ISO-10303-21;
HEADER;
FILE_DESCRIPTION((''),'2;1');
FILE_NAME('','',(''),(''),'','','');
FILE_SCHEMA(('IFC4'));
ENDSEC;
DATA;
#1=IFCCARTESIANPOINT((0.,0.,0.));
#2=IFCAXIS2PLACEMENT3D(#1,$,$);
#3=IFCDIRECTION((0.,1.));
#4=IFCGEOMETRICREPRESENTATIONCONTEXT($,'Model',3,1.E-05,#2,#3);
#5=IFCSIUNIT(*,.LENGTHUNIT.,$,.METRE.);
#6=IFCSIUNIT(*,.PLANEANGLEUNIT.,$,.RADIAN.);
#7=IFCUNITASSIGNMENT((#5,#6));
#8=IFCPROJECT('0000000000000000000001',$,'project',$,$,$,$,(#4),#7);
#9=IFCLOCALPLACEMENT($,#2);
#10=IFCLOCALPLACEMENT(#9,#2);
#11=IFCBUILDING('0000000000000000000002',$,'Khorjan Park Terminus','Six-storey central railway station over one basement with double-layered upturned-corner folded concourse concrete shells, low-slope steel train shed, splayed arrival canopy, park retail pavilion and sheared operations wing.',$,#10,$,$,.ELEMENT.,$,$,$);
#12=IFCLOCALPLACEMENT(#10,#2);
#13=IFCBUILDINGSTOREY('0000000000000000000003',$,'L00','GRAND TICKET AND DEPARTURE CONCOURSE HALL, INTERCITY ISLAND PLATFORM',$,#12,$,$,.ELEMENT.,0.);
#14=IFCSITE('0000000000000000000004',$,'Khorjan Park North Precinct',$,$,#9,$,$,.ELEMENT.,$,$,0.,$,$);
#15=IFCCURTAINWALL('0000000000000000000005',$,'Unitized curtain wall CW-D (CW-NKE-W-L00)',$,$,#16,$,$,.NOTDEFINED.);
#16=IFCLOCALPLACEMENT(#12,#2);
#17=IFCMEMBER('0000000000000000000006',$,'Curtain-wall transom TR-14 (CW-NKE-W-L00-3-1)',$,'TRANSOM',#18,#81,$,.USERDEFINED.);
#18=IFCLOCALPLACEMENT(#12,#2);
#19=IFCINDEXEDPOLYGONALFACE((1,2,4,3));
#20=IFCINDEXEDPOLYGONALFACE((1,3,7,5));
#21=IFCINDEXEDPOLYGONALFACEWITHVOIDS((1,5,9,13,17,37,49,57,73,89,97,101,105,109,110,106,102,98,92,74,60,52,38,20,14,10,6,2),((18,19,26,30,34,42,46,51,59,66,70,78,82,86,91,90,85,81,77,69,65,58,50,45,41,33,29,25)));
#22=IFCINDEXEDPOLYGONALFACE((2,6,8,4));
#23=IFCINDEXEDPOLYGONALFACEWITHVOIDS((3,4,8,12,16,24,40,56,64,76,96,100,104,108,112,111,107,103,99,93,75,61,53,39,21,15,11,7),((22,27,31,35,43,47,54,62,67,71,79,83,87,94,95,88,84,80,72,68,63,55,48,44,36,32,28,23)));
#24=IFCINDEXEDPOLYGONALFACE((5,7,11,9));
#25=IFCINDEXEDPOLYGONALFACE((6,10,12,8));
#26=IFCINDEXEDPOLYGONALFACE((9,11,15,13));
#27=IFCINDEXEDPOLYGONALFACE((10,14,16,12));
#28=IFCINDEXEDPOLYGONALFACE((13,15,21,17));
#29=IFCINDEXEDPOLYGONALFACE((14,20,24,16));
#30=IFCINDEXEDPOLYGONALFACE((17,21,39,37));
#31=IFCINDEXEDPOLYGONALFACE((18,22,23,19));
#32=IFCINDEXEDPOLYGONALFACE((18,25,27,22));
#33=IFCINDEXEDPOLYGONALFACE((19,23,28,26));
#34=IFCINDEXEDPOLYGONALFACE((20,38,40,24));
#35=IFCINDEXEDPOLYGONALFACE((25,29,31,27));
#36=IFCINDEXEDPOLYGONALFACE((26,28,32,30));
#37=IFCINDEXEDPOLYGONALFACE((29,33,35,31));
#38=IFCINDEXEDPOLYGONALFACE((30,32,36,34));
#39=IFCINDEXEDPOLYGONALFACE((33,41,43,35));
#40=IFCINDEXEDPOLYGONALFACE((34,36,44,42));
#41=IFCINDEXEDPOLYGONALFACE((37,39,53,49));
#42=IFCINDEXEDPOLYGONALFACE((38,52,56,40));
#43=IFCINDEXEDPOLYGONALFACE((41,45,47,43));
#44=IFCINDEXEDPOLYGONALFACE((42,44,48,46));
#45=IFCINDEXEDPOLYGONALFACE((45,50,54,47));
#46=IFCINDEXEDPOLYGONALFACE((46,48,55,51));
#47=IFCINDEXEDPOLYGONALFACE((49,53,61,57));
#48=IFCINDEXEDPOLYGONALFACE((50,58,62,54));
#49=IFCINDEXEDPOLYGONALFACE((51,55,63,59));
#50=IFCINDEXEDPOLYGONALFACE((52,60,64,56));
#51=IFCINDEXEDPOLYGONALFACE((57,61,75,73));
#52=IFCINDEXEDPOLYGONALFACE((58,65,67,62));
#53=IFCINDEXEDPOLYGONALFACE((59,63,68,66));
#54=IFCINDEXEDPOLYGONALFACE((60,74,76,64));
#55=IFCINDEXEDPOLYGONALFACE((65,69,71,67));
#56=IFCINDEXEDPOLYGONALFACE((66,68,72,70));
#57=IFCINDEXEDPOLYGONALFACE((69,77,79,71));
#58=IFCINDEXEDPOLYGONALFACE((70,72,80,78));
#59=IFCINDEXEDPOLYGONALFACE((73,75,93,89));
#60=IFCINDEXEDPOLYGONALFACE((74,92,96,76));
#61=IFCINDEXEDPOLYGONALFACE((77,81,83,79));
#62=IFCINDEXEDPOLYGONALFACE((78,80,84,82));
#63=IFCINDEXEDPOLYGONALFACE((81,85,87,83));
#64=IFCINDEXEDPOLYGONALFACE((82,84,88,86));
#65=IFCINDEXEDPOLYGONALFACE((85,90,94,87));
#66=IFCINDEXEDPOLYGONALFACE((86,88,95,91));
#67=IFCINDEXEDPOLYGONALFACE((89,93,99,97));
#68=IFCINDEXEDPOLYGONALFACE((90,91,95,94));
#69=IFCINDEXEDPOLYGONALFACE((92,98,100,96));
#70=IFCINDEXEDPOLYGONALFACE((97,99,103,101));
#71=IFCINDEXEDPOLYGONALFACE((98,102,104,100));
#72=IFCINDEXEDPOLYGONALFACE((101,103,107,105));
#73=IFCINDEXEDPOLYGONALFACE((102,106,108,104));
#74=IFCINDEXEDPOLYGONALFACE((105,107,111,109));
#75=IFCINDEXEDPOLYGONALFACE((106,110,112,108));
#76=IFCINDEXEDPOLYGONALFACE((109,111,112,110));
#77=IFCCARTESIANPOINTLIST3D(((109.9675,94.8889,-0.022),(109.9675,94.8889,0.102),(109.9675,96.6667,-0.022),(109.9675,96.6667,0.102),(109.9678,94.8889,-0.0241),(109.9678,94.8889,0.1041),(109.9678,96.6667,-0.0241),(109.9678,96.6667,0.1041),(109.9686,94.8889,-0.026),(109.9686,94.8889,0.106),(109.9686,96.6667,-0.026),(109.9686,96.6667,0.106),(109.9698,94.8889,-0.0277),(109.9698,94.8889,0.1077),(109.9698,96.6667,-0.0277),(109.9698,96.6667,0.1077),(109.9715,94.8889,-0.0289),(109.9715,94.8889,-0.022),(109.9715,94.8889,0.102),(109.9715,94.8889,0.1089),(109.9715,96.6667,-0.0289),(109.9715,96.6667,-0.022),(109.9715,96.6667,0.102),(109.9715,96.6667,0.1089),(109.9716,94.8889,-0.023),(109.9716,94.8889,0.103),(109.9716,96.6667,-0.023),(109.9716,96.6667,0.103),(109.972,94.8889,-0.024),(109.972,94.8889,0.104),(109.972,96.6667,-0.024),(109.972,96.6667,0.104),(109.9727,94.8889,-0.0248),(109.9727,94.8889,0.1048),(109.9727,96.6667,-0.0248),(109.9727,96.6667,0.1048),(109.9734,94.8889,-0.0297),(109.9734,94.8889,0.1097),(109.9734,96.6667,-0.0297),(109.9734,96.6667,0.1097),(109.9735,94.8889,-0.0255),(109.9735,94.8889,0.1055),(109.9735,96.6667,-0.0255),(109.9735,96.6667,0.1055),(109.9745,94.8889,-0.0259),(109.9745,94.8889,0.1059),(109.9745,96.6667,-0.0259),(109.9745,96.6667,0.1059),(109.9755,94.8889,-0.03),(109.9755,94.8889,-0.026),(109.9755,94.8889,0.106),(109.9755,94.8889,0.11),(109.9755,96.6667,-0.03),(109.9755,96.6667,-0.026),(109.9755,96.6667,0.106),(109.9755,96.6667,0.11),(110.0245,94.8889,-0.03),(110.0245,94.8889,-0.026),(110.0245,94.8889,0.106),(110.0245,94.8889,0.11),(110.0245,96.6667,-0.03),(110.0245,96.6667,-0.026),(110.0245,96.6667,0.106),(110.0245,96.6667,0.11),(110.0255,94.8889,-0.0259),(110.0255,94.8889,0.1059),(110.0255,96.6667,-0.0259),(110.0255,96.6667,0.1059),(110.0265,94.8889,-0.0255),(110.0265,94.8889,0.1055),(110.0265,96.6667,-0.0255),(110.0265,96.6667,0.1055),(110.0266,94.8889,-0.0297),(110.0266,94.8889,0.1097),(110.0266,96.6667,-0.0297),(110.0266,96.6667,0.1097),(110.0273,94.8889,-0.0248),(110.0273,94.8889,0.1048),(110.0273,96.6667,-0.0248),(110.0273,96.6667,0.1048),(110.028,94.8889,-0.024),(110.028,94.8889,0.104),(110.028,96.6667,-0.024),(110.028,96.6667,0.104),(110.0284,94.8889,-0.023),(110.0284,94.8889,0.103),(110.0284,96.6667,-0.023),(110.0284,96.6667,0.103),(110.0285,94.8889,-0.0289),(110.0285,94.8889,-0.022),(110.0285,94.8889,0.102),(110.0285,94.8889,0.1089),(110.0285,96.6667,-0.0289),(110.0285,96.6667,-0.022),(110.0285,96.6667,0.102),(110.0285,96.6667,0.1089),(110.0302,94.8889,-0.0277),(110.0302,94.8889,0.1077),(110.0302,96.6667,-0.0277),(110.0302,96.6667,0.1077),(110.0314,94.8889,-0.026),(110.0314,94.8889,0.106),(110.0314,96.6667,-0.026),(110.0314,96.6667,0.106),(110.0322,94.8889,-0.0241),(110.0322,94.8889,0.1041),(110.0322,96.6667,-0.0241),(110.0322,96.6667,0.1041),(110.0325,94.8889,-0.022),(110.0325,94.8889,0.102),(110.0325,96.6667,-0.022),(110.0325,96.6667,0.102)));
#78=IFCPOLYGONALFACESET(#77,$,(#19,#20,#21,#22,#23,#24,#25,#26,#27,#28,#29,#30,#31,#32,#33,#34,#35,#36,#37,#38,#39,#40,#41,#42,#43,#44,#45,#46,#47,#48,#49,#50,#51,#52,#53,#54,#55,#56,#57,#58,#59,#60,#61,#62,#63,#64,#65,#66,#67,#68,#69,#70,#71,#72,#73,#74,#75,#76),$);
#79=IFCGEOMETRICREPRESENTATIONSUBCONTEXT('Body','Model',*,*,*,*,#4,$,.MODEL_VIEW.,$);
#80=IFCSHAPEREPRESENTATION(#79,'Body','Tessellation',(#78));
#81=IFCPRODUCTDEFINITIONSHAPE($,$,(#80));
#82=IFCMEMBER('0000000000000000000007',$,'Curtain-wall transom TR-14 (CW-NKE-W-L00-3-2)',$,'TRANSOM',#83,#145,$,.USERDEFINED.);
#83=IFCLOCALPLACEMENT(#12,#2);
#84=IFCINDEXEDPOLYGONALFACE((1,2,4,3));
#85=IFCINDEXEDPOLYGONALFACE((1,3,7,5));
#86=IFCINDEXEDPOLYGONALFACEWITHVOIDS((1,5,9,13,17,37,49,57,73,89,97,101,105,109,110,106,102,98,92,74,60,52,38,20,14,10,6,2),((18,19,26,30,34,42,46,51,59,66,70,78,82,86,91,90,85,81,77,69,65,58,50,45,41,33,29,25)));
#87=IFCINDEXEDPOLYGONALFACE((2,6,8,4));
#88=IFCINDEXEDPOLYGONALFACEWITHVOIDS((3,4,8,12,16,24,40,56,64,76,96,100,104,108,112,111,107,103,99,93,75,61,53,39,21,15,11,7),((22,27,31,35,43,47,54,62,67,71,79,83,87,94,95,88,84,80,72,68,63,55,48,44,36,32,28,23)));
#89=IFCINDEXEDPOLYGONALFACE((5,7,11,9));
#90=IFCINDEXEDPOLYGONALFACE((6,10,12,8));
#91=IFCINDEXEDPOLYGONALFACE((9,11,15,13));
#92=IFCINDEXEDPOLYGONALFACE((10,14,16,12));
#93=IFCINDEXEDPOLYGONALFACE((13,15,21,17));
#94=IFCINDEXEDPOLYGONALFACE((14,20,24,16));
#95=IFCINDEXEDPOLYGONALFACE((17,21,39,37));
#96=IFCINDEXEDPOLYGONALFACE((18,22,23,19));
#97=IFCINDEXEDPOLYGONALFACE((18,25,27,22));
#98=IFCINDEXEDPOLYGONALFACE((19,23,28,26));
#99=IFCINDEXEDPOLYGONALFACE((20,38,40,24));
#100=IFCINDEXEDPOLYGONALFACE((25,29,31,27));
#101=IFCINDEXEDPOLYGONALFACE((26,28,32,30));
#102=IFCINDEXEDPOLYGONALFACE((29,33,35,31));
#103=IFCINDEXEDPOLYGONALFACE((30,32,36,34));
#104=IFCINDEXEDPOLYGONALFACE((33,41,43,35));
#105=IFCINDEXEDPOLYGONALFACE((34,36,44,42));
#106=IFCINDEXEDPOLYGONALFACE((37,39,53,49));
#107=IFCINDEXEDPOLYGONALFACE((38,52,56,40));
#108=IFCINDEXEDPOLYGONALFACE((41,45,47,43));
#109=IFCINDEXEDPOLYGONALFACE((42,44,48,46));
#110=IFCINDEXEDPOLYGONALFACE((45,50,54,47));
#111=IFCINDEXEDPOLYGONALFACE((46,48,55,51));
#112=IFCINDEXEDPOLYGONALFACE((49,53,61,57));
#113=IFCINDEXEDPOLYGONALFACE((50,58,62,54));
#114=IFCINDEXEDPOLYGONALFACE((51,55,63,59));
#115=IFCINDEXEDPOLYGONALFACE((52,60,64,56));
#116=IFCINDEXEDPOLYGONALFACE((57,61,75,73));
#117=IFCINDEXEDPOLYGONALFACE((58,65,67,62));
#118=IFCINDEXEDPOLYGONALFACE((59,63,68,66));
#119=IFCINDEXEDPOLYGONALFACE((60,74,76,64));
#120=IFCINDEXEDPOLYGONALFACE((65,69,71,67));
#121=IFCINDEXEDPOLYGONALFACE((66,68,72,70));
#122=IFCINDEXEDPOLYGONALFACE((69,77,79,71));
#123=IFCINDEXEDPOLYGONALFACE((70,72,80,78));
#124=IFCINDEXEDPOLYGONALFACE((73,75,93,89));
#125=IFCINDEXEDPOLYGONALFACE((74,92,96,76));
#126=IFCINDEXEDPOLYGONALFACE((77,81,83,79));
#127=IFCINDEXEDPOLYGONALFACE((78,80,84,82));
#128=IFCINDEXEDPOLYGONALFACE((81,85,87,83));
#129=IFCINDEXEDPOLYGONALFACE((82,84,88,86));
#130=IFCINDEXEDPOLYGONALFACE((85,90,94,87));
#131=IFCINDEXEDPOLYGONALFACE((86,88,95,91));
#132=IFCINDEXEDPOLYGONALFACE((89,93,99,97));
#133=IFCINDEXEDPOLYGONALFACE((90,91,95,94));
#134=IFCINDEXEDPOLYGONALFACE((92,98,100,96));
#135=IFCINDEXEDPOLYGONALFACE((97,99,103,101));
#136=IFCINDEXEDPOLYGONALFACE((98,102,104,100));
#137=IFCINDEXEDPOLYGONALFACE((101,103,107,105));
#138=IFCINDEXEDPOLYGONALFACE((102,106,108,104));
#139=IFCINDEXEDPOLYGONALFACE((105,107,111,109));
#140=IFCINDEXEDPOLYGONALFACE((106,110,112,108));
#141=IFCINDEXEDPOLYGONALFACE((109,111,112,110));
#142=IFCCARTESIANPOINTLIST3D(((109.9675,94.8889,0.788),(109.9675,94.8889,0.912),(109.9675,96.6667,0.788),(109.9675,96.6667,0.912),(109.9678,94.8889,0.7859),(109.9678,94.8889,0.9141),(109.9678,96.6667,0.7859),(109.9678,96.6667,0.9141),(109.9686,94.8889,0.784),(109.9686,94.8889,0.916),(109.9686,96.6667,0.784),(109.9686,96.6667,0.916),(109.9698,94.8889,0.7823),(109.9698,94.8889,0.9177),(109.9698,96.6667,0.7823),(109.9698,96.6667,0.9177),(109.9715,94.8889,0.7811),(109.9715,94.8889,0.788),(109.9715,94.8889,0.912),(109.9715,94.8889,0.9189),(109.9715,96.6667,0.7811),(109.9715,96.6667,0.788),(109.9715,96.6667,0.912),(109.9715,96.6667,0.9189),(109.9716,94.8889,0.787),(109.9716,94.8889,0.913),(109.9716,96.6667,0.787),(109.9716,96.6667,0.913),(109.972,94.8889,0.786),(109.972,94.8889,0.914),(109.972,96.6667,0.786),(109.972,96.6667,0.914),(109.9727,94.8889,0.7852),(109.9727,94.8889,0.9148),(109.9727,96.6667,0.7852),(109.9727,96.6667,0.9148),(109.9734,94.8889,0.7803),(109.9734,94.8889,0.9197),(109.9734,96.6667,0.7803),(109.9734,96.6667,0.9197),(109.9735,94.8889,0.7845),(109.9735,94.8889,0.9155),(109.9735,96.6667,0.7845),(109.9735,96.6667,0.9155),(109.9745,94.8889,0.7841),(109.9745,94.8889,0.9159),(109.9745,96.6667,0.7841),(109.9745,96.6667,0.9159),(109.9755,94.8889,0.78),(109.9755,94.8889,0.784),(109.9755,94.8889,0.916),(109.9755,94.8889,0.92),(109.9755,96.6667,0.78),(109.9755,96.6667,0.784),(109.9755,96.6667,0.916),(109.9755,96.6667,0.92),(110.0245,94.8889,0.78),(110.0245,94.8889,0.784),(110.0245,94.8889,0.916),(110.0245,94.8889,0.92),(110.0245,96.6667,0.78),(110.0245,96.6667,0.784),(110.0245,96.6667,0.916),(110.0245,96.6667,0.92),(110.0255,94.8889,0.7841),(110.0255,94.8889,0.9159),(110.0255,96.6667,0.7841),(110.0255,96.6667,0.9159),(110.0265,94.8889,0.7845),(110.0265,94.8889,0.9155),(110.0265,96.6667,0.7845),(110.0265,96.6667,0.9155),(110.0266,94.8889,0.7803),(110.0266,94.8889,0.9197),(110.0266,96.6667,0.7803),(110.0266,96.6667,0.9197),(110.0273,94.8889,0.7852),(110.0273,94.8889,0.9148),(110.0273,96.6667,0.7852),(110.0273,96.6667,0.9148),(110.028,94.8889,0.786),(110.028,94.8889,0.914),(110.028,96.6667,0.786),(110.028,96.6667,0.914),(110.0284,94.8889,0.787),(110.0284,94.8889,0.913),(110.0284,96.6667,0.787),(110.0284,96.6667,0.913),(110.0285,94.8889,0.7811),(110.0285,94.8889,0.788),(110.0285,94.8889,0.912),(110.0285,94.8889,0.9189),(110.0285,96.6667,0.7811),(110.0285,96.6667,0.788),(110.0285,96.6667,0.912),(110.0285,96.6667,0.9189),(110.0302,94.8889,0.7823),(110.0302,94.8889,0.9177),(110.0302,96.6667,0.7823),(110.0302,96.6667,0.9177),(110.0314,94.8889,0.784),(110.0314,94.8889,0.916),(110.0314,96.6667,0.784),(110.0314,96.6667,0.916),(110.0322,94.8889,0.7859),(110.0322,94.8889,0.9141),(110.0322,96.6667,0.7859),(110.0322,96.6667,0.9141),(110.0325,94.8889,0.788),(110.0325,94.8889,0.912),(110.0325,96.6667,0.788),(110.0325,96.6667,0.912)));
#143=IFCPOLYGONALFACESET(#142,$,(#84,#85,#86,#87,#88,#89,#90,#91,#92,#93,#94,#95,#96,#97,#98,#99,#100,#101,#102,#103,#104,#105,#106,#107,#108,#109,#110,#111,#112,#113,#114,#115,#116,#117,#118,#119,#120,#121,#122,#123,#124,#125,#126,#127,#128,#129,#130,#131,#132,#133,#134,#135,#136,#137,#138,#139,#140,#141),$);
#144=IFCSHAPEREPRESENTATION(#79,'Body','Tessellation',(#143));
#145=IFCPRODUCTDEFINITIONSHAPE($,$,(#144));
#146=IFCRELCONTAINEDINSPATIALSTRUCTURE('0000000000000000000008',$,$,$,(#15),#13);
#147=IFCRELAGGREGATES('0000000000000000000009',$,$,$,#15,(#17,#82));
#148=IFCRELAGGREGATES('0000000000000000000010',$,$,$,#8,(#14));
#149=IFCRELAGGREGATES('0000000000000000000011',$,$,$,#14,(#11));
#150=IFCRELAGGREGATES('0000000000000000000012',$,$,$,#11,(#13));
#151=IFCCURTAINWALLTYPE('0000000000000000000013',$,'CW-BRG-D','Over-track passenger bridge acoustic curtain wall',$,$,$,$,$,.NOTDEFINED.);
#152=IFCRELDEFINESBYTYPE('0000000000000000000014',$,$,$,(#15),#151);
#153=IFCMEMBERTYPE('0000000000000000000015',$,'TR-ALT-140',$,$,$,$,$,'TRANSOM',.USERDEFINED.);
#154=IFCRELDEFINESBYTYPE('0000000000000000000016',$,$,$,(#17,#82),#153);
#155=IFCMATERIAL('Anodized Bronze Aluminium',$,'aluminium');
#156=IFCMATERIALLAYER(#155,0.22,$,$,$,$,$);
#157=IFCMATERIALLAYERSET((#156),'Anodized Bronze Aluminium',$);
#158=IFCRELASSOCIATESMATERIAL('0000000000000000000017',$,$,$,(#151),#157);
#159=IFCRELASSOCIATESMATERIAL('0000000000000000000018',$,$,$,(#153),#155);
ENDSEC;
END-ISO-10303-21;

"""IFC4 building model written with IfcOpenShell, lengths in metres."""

from ifc_helpers import new_model, si_unit, direction, frame, origin, origin_2d, place, context, subcontext, project, spatial, hollow_rectangle, extrude, material, layer, layer_set, material_profile, profile_set, type_object, element, aggregate, save


model = new_model("IFC4")

# Units and contexts
model_context = context("Model", 3, precision=1e-05, world=origin(), true_north=direction((0.0, 1.0)))
body_context = subcontext(model_context, "Body", "Model", "MODEL_VIEW")
ifc_project = project(units=[si_unit("LENGTHUNIT", "METRE"), si_unit("PLANEANGLEUNIT", "RADIAN")], contexts=[model_context])

# Site, building, storey
site_placement = place(None, origin())
site = spatial("IfcSite", under=ifc_project, at=site_placement, Name="Khorjan Park North Precinct", CompositionType="ELEMENT", RefElevation=0.0)
building_placement = place(site_placement, origin())
building = spatial("IfcBuilding", under=site, at=building_placement, Name="Khorjan Park Terminus", Description="Six-storey central railway station over one basement with double-layered upturned-corner folded concourse concrete shells, low-slope steel train shed, splayed arrival canopy, park retail pavilion and sheared operations wing.", CompositionType="ELEMENT")
storey_placement = place(building_placement, origin())
storey = spatial("IfcBuildingStorey", under=building, at=storey_placement, Name="L00", Description="GRAND TICKET AND DEPARTURE CONCOURSE HALL, INTERCITY ISLAND PLATFORM", CompositionType="ELEMENT", Elevation=0.0)

# Curtain wall, members
ifc_material_1 = material(Name="Anodized Bronze Aluminium", Category="aluminium")
ifc_layer_1 = layer(ifc_material_1, 0.22)
ifc_layer_set_1 = layer_set([ifc_layer_1], Name="Anodized Bronze Aluminium")
curtain_wall_type = type_object("IfcCurtainWallType", Name="CW-BRG-D", Description="Over-track passenger bridge acoustic curtain wall", PredefinedType="NOTDEFINED", material=ifc_layer_set_1)
curtain_wall_placement = place(storey_placement, origin())
curtain_wall = element("IfcCurtainWall", 1, at=curtain_wall_placement, inside=storey, type_object=curtain_wall_type, Name="Unitized curtain wall CW-D (CW-NKE-W-L00)", PredefinedType="NOTDEFINED")
ifc_material_profile_1 = material_profile(ifc_material_1, hollow_rectangle(XDim=0.065, YDim=0.14, WallThickness=0.004, InnerFilletRadius=0.004, OuterFilletRadius=0.008, at=origin_2d()), Name="ALT 65x140x4")
ifc_profile_set_1 = profile_set([ifc_material_profile_1], Name="Anodized Bronze Aluminium")
member_type_1 = type_object("IfcMemberType", Name="TR-ALT-140", ElementType="TRANSOM", PredefinedType="USERDEFINED", material=ifc_profile_set_1)
member_1_placement = place(storey_placement, frame((110.0, 96.6667, 0.04), z_axis=(0.0, -1.0, 0.0), x_axis=(1.0, 0.0, 0.0)))
member_1 = element("IfcMember", 2, at=member_1_placement, type_object=member_type_1, Name="Curtain-wall transom TR-14 (CW-NKE-W-L00-3-1)", ObjectType="TRANSOM", PredefinedType="USERDEFINED", context=body_context, shape_type="SweptSolid", body=[
    extrude(hollow_rectangle(XDim=0.065, YDim=0.14, WallThickness=0.004, InnerFilletRadius=0.004, OuterFilletRadius=0.008, at=origin_2d()), origin(), (0.0, 0.0, 1.0), 1.7778),
])
member_2_placement = place(storey_placement, frame((110.0, 96.6667, 0.85), z_axis=(0.0, -1.0, 0.0), x_axis=(1.0, 0.0, 0.0)))
member_2 = element("IfcMember", 3, at=member_2_placement, type_object=member_type_1, Name="Curtain-wall transom TR-14 (CW-NKE-W-L00-3-2)", ObjectType="TRANSOM", PredefinedType="USERDEFINED", context=body_context, shape_type="SweptSolid", body=[
    extrude(hollow_rectangle(XDim=0.065, YDim=0.14, WallThickness=0.004, InnerFilletRadius=0.004, OuterFilletRadius=0.008, at=origin_2d()), origin(), (0.0, 0.0, 1.0), 1.7778),
])
aggregate(curtain_wall, [member_1, member_2])

save(model, "model.ifc")
